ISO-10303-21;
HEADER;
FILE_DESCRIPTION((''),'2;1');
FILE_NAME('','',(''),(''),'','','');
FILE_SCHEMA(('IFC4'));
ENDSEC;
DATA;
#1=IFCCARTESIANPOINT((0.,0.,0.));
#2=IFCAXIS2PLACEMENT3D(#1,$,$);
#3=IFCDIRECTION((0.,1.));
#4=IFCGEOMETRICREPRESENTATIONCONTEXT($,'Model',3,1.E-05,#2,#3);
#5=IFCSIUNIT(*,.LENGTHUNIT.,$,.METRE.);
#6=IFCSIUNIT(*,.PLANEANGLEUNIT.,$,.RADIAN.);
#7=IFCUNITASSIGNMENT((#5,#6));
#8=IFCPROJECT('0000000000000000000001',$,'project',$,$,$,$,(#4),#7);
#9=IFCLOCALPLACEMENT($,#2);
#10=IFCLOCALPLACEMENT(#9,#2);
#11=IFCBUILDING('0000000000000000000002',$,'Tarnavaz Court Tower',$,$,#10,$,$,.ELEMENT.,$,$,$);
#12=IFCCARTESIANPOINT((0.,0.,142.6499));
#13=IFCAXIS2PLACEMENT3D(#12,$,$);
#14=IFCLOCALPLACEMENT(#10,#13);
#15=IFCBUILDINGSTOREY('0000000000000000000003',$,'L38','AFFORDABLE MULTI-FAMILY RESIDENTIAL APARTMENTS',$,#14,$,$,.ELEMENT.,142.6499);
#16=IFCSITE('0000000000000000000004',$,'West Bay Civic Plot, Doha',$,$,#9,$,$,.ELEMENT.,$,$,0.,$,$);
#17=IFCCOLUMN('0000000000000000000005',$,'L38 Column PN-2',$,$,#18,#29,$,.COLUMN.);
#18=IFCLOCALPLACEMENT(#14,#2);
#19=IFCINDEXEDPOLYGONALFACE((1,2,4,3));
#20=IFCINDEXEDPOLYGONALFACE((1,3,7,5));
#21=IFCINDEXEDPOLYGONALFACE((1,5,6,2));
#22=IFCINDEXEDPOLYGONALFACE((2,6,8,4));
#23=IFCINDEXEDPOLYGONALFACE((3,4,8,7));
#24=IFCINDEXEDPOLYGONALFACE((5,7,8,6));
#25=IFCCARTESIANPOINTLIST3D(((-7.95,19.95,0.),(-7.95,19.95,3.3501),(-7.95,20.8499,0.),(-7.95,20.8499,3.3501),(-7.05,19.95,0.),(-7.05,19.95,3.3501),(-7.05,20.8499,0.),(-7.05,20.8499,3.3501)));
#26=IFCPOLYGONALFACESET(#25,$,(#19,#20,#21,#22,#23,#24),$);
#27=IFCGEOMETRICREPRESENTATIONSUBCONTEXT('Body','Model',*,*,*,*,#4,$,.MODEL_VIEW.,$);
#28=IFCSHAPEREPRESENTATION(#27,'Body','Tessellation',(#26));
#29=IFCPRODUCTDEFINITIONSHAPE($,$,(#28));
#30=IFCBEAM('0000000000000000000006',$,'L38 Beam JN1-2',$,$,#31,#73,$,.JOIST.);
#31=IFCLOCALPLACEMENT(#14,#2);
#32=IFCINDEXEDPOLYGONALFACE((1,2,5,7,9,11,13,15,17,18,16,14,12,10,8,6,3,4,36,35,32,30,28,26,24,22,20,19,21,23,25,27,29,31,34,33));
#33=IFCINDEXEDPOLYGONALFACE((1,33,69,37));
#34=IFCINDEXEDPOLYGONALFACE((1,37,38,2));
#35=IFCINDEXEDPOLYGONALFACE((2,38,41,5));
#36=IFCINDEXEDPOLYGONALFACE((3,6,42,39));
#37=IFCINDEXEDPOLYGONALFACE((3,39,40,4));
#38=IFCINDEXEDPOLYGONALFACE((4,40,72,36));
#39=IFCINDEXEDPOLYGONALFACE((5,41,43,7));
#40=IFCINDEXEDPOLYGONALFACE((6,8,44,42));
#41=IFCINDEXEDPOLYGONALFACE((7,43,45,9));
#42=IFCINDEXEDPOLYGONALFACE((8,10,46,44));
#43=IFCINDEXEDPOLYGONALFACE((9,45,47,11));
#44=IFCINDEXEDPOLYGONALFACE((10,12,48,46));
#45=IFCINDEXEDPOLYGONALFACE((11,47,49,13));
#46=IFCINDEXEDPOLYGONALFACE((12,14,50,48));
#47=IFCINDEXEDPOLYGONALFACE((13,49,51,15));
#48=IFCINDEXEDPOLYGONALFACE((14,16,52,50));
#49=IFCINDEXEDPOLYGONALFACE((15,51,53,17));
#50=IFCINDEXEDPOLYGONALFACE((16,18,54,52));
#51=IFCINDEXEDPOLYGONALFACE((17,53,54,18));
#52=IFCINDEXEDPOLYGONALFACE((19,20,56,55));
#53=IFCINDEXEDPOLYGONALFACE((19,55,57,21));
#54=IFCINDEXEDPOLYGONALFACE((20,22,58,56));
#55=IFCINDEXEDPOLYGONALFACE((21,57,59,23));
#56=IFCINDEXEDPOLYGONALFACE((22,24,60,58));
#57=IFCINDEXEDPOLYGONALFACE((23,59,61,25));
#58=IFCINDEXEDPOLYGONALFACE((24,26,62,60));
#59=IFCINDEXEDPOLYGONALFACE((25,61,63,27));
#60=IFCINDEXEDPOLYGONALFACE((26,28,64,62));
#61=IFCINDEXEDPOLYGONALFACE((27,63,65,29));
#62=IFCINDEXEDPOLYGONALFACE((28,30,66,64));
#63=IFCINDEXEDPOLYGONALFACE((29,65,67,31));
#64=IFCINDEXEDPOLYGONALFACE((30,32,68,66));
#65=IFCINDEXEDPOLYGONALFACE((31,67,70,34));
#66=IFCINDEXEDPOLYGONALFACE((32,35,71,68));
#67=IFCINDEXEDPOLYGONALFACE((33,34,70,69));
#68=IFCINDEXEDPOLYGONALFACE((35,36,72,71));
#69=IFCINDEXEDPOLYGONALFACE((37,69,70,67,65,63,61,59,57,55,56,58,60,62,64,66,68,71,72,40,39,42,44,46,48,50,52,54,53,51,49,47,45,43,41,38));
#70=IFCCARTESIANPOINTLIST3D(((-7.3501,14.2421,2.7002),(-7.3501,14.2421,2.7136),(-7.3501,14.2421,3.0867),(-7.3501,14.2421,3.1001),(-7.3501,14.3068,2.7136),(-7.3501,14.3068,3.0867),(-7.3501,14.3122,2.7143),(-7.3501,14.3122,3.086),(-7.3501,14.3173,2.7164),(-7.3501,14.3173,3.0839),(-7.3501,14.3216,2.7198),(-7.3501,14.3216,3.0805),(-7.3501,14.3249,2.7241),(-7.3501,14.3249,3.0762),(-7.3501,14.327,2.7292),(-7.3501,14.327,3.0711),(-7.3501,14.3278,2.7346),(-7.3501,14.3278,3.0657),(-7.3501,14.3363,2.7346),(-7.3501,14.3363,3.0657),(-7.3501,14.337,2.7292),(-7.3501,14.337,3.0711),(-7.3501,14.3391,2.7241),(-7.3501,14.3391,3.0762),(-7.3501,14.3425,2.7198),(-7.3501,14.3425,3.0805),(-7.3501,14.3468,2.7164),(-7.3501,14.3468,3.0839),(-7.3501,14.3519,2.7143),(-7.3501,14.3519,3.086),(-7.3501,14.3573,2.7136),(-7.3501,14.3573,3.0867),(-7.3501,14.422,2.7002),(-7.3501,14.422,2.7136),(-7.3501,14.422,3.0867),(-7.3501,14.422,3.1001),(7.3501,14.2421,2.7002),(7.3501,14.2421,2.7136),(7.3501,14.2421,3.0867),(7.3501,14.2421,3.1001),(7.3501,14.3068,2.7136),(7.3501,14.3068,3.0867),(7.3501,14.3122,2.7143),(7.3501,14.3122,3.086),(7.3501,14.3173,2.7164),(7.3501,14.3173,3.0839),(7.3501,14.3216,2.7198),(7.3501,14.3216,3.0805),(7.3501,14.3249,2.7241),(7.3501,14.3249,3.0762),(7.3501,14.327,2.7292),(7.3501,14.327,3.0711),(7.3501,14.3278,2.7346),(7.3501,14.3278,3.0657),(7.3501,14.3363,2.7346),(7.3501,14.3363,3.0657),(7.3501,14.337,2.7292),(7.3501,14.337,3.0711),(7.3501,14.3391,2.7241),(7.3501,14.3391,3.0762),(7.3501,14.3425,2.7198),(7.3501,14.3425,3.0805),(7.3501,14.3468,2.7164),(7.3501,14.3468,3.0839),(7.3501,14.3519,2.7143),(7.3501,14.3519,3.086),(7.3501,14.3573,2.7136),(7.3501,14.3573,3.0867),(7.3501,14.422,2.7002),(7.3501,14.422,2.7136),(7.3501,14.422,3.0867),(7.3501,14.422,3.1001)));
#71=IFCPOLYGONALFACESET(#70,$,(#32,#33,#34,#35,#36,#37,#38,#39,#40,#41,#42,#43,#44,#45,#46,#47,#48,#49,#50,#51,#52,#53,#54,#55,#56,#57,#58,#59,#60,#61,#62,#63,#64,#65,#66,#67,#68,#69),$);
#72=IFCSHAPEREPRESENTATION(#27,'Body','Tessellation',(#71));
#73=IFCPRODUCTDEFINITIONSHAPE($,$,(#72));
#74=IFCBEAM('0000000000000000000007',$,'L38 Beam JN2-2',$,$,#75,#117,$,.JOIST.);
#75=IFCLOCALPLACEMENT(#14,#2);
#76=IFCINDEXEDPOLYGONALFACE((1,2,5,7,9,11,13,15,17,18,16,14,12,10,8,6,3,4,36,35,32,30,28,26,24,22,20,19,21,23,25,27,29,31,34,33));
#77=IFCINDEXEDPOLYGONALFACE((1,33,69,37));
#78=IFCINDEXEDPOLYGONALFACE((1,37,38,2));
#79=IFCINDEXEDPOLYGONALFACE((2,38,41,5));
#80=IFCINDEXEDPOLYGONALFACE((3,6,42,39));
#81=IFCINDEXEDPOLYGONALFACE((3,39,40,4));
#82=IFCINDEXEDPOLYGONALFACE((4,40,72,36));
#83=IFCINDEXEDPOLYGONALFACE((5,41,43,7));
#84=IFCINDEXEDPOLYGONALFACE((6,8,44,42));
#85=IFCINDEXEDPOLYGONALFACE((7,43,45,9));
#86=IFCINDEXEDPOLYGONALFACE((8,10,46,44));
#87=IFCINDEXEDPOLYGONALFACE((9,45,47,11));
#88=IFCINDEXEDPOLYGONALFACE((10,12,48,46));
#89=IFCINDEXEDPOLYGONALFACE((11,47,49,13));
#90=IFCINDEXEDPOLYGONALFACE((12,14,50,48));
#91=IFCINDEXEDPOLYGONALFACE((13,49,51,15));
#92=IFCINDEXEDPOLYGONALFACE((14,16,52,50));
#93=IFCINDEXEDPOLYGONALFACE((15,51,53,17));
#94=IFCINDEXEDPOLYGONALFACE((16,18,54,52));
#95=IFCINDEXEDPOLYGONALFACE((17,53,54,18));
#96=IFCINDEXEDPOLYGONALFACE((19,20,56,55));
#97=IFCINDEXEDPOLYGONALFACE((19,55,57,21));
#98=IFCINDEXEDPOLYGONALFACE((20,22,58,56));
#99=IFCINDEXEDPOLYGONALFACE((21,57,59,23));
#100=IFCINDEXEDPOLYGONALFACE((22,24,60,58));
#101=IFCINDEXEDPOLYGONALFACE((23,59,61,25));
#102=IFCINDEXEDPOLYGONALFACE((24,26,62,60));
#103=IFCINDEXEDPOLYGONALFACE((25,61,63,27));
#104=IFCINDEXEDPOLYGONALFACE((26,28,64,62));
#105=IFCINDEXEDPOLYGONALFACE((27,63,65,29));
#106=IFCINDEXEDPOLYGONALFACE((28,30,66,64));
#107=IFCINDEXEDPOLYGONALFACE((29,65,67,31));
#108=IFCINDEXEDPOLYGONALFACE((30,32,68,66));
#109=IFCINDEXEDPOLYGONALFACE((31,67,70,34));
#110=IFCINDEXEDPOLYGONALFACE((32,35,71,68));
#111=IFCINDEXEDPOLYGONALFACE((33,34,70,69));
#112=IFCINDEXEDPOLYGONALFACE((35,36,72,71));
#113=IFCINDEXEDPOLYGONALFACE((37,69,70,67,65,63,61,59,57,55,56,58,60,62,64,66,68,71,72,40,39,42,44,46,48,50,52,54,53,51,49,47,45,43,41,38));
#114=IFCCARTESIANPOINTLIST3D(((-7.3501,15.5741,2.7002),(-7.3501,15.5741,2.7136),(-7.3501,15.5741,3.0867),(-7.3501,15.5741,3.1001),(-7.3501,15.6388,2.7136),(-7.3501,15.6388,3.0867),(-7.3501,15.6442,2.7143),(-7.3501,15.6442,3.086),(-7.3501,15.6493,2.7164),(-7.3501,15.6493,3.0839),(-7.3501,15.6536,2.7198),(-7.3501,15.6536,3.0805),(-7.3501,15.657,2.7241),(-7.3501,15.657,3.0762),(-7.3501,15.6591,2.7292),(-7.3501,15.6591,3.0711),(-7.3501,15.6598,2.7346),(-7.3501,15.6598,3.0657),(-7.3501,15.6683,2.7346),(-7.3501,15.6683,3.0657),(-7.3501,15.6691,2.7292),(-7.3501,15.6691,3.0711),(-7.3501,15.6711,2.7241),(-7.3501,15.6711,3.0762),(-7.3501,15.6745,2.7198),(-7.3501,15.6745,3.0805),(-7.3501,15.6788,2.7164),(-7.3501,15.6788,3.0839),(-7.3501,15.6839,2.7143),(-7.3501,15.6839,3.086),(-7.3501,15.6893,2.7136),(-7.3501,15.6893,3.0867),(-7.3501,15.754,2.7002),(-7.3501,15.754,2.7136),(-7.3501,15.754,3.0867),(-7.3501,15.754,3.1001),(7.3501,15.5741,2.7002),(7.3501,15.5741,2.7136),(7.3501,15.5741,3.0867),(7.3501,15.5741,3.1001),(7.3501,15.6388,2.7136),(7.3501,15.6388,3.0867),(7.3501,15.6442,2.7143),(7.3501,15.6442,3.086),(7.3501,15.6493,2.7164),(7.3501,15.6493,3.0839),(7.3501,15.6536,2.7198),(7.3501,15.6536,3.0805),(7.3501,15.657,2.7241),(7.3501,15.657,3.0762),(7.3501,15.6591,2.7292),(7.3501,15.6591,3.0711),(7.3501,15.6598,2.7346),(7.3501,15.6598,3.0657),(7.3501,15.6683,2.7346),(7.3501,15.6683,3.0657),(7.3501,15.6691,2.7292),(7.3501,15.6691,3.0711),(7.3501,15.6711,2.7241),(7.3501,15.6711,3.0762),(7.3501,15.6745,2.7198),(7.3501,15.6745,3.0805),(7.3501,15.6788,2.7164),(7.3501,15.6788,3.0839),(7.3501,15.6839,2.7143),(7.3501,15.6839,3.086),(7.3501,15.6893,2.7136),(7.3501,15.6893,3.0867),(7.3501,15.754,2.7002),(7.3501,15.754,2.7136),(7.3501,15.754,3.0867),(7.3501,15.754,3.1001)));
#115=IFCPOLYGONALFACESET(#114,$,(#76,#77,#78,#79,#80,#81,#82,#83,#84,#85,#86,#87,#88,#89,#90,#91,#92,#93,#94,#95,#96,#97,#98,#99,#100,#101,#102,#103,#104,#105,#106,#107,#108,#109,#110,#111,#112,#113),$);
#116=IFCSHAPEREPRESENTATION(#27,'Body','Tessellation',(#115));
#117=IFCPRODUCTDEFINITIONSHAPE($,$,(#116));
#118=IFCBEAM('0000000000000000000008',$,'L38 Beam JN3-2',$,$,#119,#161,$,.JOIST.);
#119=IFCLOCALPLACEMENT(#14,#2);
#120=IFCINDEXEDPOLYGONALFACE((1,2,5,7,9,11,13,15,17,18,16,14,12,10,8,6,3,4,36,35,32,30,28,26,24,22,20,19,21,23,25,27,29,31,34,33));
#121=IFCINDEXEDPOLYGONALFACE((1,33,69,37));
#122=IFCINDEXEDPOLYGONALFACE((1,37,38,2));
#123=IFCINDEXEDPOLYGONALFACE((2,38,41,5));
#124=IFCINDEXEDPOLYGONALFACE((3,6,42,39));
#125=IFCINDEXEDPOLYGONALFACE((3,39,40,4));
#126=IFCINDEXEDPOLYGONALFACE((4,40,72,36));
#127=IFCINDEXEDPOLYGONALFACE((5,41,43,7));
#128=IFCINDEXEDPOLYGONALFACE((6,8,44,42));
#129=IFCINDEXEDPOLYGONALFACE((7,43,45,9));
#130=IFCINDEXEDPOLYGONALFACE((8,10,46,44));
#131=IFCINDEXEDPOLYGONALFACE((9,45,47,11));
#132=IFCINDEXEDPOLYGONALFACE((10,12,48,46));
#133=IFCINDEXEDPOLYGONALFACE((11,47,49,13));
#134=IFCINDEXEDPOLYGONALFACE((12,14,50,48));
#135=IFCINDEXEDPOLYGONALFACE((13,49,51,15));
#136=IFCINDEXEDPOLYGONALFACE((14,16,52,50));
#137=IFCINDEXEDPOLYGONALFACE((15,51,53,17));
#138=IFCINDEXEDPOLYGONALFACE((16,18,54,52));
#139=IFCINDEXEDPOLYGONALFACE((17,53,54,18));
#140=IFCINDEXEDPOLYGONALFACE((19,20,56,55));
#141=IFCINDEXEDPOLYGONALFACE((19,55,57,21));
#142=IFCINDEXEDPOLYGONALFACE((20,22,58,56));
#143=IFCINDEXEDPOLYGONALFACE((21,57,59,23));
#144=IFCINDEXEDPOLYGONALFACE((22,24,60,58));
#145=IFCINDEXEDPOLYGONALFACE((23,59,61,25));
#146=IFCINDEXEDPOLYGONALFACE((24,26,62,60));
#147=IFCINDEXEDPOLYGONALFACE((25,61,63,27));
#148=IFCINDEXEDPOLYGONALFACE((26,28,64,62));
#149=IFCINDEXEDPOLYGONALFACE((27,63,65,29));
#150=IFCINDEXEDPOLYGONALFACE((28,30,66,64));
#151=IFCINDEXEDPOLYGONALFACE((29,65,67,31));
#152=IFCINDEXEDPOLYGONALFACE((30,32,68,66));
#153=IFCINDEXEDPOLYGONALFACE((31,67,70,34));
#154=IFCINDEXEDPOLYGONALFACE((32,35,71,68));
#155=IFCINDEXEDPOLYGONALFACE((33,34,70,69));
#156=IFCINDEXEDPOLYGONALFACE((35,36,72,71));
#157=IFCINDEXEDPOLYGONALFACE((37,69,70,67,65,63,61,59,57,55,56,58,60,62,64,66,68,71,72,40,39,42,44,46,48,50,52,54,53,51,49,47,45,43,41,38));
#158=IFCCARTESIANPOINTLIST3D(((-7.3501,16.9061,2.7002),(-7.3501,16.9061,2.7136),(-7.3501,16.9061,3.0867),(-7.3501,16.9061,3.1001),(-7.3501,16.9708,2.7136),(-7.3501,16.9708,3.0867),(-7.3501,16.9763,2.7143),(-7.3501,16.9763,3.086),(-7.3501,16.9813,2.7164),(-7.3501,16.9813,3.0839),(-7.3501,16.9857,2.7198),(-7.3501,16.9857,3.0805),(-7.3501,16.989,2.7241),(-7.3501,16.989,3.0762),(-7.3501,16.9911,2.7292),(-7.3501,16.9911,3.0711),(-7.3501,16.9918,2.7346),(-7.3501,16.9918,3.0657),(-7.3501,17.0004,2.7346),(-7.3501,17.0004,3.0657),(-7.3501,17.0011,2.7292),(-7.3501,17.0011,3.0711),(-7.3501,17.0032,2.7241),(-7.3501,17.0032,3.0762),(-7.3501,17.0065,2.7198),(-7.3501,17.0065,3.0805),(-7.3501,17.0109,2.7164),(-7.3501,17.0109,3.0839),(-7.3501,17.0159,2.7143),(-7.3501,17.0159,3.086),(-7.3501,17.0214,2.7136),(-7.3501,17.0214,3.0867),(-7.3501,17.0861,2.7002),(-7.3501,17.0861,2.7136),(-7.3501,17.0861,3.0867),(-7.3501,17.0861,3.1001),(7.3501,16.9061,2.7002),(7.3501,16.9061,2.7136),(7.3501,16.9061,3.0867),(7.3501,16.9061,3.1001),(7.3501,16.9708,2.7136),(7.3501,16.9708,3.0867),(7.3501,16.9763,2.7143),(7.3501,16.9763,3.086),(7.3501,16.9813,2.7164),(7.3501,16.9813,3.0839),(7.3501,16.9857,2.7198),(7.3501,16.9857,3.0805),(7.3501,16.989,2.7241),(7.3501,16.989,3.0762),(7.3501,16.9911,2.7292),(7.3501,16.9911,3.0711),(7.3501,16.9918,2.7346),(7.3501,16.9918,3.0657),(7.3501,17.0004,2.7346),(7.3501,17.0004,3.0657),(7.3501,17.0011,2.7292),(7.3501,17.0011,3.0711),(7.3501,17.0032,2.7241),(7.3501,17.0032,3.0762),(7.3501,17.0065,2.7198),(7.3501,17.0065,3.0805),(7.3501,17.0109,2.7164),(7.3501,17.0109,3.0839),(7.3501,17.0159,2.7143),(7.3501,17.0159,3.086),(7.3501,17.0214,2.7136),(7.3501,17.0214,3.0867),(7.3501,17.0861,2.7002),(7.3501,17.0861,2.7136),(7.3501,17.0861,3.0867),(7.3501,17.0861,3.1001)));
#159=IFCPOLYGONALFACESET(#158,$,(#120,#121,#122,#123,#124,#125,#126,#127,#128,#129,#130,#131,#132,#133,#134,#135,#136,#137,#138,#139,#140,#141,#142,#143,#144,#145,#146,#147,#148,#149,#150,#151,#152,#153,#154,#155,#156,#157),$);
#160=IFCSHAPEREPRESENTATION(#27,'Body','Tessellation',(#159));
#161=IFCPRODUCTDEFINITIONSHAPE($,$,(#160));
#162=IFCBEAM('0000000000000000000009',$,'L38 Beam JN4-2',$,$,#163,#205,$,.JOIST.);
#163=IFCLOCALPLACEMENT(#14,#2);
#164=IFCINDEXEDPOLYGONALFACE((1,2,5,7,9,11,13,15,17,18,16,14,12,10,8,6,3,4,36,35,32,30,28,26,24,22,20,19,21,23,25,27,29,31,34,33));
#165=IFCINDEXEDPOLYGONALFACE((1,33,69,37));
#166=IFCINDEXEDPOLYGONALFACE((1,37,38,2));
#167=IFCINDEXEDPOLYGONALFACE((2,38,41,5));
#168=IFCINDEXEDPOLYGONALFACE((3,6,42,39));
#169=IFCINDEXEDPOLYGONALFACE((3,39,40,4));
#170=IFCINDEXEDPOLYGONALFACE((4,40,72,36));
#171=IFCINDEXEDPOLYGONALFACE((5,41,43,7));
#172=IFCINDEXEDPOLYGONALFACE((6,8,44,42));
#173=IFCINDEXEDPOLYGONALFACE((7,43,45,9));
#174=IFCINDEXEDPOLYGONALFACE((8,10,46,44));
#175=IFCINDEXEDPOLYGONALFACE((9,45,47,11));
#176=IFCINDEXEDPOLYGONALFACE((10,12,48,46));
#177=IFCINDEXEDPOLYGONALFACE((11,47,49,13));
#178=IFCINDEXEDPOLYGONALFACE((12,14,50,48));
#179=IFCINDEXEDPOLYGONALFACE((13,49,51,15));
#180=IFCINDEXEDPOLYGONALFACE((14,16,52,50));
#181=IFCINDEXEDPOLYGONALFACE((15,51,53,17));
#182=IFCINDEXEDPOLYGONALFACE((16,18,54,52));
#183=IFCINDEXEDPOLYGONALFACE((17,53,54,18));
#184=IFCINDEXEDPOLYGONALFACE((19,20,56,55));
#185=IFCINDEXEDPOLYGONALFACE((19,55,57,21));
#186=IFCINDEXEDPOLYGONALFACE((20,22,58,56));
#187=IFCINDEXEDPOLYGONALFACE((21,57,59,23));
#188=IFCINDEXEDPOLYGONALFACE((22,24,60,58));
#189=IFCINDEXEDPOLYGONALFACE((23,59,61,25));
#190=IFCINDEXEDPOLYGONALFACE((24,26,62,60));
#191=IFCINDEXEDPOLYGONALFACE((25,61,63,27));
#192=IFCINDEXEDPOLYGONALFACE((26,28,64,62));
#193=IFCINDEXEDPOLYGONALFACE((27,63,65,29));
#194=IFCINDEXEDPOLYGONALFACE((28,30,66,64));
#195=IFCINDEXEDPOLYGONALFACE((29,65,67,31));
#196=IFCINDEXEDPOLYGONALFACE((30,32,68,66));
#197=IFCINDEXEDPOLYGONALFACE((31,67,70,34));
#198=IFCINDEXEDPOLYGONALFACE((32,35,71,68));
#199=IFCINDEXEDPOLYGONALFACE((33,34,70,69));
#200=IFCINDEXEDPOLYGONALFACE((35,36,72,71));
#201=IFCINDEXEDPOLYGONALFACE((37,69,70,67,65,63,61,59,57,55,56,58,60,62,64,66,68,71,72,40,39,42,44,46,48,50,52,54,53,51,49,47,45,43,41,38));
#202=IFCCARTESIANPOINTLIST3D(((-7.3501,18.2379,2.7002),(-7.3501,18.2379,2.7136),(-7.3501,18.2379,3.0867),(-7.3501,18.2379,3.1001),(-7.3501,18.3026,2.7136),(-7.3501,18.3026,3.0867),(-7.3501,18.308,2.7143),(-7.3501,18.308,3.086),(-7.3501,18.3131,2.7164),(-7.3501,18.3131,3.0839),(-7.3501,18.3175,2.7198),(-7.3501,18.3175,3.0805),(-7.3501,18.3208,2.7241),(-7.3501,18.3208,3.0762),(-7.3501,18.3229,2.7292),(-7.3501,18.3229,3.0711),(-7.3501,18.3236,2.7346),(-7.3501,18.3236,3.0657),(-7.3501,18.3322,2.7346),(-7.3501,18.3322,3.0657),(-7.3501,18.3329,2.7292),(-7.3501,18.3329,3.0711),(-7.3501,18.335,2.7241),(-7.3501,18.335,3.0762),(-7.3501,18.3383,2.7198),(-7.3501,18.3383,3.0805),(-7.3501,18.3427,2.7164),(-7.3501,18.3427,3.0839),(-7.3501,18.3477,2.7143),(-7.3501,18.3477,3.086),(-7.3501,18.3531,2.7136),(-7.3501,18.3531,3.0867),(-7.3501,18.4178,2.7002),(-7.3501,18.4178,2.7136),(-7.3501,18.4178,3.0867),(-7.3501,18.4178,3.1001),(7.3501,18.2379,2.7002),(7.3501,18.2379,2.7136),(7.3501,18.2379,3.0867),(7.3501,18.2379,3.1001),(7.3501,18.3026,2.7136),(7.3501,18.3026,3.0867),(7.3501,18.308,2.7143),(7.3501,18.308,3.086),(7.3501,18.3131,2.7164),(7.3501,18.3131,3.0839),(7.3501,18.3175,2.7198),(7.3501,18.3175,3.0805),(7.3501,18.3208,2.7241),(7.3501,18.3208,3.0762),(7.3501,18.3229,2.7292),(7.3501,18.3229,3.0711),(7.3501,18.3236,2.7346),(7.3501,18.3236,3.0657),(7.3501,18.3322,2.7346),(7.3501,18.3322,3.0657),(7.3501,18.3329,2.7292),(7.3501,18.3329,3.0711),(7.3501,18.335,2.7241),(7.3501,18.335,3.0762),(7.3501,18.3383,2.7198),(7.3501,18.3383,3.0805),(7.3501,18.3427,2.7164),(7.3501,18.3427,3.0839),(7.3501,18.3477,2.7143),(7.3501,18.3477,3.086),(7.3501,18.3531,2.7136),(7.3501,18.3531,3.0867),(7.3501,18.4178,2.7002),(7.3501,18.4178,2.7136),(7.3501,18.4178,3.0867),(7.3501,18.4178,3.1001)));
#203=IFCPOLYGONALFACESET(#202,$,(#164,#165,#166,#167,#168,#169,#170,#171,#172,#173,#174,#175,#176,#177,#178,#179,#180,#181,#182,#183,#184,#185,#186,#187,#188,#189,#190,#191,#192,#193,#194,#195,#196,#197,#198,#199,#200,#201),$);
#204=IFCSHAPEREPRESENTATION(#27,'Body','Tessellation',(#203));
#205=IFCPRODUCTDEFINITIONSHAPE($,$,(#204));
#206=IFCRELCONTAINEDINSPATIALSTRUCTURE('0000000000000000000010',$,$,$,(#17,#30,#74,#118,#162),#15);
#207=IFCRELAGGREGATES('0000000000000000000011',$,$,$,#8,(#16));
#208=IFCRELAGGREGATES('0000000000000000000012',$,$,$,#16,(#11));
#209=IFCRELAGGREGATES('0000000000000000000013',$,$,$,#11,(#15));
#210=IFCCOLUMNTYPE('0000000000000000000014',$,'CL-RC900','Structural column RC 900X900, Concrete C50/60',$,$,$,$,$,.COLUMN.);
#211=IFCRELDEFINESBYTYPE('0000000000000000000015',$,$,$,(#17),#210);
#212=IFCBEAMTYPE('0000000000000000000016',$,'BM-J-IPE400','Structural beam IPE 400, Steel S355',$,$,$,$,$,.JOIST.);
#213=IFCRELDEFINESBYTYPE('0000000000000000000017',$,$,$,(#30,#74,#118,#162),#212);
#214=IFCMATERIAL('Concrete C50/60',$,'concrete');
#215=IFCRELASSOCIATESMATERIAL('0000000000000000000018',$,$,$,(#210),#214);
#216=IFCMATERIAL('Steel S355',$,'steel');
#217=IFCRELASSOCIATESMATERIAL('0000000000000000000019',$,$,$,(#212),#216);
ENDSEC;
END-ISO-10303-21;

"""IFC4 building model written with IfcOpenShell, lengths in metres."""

from ifc_helpers import new_model, si_unit, direction, frame, origin, origin_2d, place, context, subcontext, project, spatial, rectangle, i_section, extrude, material, material_profile, profile_set, type_object, element, save


model = new_model("IFC4")

# Units and contexts
model_context = context("Model", 3, precision=1e-05, world=origin(), true_north=direction((0.0, 1.0)))
body_context = subcontext(model_context, "Body", "Model", "MODEL_VIEW")
ifc_project = project(units=[si_unit("LENGTHUNIT", "METRE"), si_unit("PLANEANGLEUNIT", "RADIAN")], contexts=[model_context])

# Site, building, storey
site_placement = place(None, origin())
site = spatial("IfcSite", under=ifc_project, at=site_placement, Name="West Bay Civic Plot, Doha", CompositionType="ELEMENT", RefElevation=0.0)
building_placement = place(site_placement, origin())
building = spatial("IfcBuilding", under=site, at=building_placement, Name="Tarnavaz Court Tower", CompositionType="ELEMENT")
storey_placement = place(building_placement, frame((0.0, 0.0, 142.6499)))
storey = spatial("IfcBuildingStorey", under=building, at=storey_placement, Name="L38", Description="AFFORDABLE MULTI-FAMILY RESIDENTIAL APARTMENTS", CompositionType="ELEMENT", Elevation=142.6499)

# Column
ifc_material_1 = material(Name="Concrete C50/60", Category="concrete")
ifc_material_profile_1 = material_profile(ifc_material_1, rectangle(XDim=0.8999, YDim=0.8999, at=origin_2d()), Name="RC 900X900")
ifc_profile_set_1 = profile_set([ifc_material_profile_1], Name="Concrete C50/60")
column_type = type_object("IfcColumnType", Name="CL-RC900", Description="Structural column RC 900X900, Concrete C50/60", PredefinedType="COLUMN", material=ifc_profile_set_1)
column_placement = place(storey_placement, frame((-7.5, 20.3999, 0.0), z_axis=(0.0, 0.0, 1.0), x_axis=(1.0, 0.0, 0.0)))
element("IfcColumn", 1, at=column_placement, inside=storey, type_object=column_type, Name="L38 Column PN-2", PredefinedType="COLUMN", context=body_context, shape_type="SweptSolid", body=[
    extrude(rectangle(XDim=0.8999, YDim=0.8999, at=origin_2d()), origin(), (0.0, 0.0, 1.0), 3.3501),
])

# Beams
ifc_material_2 = material(Name="Steel S355", Category="steel")
ifc_material_profile_2 = material_profile(ifc_material_2, i_section(OverallWidth=0.1799, OverallDepth=0.3999, WebThickness=0.0085, FlangeThickness=0.0134, FilletRadius=0.021, at=origin_2d()), Name="IPE 400")
ifc_profile_set_2 = profile_set([ifc_material_profile_2], Name="Steel S355")
beam_type_1 = type_object("IfcBeamType", Name="BM-J-IPE400", Description="Structural beam IPE 400, Steel S355", PredefinedType="JOIST", material=ifc_profile_set_2)
for number, where, z_axis, x_axis, name in (
    (2, (-7.3501, 14.332, 2.9001), (1.0, 0.0, 0.0), (0.0, 1.0, 0.0), "L38 Beam JN1-2"),
    (3, (-7.3501, 15.6641, 2.9001), (1.0, 0.0, 0.0), (0.0, 1.0, 0.0), "L38 Beam JN2-2"),
    (4, (-7.3501, 16.9961, 2.9001), (1.0, 0.0, 0.0), (0.0, 1.0, 0.0), "L38 Beam JN3-2"),
    (5, (-7.3501, 18.3279, 2.9001), (1.0, 0.0, 0.0), (0.0, 1.0, 0.0), "L38 Beam JN4-2"),
):
    element("IfcBeam", number, at=place(storey_placement, frame(where, z_axis=z_axis, x_axis=x_axis)), inside=storey, type_object=beam_type_1, Name=name, PredefinedType="JOIST", context=body_context, shape_type="SweptSolid", body=[
        extrude(i_section(OverallWidth=0.1799, OverallDepth=0.3999, WebThickness=0.0085, FlangeThickness=0.0134, FilletRadius=0.021, at=origin_2d()), origin(), (0.0, 0.0, 1.0), 14.7002),
    ])

save(model, "model.ifc")
